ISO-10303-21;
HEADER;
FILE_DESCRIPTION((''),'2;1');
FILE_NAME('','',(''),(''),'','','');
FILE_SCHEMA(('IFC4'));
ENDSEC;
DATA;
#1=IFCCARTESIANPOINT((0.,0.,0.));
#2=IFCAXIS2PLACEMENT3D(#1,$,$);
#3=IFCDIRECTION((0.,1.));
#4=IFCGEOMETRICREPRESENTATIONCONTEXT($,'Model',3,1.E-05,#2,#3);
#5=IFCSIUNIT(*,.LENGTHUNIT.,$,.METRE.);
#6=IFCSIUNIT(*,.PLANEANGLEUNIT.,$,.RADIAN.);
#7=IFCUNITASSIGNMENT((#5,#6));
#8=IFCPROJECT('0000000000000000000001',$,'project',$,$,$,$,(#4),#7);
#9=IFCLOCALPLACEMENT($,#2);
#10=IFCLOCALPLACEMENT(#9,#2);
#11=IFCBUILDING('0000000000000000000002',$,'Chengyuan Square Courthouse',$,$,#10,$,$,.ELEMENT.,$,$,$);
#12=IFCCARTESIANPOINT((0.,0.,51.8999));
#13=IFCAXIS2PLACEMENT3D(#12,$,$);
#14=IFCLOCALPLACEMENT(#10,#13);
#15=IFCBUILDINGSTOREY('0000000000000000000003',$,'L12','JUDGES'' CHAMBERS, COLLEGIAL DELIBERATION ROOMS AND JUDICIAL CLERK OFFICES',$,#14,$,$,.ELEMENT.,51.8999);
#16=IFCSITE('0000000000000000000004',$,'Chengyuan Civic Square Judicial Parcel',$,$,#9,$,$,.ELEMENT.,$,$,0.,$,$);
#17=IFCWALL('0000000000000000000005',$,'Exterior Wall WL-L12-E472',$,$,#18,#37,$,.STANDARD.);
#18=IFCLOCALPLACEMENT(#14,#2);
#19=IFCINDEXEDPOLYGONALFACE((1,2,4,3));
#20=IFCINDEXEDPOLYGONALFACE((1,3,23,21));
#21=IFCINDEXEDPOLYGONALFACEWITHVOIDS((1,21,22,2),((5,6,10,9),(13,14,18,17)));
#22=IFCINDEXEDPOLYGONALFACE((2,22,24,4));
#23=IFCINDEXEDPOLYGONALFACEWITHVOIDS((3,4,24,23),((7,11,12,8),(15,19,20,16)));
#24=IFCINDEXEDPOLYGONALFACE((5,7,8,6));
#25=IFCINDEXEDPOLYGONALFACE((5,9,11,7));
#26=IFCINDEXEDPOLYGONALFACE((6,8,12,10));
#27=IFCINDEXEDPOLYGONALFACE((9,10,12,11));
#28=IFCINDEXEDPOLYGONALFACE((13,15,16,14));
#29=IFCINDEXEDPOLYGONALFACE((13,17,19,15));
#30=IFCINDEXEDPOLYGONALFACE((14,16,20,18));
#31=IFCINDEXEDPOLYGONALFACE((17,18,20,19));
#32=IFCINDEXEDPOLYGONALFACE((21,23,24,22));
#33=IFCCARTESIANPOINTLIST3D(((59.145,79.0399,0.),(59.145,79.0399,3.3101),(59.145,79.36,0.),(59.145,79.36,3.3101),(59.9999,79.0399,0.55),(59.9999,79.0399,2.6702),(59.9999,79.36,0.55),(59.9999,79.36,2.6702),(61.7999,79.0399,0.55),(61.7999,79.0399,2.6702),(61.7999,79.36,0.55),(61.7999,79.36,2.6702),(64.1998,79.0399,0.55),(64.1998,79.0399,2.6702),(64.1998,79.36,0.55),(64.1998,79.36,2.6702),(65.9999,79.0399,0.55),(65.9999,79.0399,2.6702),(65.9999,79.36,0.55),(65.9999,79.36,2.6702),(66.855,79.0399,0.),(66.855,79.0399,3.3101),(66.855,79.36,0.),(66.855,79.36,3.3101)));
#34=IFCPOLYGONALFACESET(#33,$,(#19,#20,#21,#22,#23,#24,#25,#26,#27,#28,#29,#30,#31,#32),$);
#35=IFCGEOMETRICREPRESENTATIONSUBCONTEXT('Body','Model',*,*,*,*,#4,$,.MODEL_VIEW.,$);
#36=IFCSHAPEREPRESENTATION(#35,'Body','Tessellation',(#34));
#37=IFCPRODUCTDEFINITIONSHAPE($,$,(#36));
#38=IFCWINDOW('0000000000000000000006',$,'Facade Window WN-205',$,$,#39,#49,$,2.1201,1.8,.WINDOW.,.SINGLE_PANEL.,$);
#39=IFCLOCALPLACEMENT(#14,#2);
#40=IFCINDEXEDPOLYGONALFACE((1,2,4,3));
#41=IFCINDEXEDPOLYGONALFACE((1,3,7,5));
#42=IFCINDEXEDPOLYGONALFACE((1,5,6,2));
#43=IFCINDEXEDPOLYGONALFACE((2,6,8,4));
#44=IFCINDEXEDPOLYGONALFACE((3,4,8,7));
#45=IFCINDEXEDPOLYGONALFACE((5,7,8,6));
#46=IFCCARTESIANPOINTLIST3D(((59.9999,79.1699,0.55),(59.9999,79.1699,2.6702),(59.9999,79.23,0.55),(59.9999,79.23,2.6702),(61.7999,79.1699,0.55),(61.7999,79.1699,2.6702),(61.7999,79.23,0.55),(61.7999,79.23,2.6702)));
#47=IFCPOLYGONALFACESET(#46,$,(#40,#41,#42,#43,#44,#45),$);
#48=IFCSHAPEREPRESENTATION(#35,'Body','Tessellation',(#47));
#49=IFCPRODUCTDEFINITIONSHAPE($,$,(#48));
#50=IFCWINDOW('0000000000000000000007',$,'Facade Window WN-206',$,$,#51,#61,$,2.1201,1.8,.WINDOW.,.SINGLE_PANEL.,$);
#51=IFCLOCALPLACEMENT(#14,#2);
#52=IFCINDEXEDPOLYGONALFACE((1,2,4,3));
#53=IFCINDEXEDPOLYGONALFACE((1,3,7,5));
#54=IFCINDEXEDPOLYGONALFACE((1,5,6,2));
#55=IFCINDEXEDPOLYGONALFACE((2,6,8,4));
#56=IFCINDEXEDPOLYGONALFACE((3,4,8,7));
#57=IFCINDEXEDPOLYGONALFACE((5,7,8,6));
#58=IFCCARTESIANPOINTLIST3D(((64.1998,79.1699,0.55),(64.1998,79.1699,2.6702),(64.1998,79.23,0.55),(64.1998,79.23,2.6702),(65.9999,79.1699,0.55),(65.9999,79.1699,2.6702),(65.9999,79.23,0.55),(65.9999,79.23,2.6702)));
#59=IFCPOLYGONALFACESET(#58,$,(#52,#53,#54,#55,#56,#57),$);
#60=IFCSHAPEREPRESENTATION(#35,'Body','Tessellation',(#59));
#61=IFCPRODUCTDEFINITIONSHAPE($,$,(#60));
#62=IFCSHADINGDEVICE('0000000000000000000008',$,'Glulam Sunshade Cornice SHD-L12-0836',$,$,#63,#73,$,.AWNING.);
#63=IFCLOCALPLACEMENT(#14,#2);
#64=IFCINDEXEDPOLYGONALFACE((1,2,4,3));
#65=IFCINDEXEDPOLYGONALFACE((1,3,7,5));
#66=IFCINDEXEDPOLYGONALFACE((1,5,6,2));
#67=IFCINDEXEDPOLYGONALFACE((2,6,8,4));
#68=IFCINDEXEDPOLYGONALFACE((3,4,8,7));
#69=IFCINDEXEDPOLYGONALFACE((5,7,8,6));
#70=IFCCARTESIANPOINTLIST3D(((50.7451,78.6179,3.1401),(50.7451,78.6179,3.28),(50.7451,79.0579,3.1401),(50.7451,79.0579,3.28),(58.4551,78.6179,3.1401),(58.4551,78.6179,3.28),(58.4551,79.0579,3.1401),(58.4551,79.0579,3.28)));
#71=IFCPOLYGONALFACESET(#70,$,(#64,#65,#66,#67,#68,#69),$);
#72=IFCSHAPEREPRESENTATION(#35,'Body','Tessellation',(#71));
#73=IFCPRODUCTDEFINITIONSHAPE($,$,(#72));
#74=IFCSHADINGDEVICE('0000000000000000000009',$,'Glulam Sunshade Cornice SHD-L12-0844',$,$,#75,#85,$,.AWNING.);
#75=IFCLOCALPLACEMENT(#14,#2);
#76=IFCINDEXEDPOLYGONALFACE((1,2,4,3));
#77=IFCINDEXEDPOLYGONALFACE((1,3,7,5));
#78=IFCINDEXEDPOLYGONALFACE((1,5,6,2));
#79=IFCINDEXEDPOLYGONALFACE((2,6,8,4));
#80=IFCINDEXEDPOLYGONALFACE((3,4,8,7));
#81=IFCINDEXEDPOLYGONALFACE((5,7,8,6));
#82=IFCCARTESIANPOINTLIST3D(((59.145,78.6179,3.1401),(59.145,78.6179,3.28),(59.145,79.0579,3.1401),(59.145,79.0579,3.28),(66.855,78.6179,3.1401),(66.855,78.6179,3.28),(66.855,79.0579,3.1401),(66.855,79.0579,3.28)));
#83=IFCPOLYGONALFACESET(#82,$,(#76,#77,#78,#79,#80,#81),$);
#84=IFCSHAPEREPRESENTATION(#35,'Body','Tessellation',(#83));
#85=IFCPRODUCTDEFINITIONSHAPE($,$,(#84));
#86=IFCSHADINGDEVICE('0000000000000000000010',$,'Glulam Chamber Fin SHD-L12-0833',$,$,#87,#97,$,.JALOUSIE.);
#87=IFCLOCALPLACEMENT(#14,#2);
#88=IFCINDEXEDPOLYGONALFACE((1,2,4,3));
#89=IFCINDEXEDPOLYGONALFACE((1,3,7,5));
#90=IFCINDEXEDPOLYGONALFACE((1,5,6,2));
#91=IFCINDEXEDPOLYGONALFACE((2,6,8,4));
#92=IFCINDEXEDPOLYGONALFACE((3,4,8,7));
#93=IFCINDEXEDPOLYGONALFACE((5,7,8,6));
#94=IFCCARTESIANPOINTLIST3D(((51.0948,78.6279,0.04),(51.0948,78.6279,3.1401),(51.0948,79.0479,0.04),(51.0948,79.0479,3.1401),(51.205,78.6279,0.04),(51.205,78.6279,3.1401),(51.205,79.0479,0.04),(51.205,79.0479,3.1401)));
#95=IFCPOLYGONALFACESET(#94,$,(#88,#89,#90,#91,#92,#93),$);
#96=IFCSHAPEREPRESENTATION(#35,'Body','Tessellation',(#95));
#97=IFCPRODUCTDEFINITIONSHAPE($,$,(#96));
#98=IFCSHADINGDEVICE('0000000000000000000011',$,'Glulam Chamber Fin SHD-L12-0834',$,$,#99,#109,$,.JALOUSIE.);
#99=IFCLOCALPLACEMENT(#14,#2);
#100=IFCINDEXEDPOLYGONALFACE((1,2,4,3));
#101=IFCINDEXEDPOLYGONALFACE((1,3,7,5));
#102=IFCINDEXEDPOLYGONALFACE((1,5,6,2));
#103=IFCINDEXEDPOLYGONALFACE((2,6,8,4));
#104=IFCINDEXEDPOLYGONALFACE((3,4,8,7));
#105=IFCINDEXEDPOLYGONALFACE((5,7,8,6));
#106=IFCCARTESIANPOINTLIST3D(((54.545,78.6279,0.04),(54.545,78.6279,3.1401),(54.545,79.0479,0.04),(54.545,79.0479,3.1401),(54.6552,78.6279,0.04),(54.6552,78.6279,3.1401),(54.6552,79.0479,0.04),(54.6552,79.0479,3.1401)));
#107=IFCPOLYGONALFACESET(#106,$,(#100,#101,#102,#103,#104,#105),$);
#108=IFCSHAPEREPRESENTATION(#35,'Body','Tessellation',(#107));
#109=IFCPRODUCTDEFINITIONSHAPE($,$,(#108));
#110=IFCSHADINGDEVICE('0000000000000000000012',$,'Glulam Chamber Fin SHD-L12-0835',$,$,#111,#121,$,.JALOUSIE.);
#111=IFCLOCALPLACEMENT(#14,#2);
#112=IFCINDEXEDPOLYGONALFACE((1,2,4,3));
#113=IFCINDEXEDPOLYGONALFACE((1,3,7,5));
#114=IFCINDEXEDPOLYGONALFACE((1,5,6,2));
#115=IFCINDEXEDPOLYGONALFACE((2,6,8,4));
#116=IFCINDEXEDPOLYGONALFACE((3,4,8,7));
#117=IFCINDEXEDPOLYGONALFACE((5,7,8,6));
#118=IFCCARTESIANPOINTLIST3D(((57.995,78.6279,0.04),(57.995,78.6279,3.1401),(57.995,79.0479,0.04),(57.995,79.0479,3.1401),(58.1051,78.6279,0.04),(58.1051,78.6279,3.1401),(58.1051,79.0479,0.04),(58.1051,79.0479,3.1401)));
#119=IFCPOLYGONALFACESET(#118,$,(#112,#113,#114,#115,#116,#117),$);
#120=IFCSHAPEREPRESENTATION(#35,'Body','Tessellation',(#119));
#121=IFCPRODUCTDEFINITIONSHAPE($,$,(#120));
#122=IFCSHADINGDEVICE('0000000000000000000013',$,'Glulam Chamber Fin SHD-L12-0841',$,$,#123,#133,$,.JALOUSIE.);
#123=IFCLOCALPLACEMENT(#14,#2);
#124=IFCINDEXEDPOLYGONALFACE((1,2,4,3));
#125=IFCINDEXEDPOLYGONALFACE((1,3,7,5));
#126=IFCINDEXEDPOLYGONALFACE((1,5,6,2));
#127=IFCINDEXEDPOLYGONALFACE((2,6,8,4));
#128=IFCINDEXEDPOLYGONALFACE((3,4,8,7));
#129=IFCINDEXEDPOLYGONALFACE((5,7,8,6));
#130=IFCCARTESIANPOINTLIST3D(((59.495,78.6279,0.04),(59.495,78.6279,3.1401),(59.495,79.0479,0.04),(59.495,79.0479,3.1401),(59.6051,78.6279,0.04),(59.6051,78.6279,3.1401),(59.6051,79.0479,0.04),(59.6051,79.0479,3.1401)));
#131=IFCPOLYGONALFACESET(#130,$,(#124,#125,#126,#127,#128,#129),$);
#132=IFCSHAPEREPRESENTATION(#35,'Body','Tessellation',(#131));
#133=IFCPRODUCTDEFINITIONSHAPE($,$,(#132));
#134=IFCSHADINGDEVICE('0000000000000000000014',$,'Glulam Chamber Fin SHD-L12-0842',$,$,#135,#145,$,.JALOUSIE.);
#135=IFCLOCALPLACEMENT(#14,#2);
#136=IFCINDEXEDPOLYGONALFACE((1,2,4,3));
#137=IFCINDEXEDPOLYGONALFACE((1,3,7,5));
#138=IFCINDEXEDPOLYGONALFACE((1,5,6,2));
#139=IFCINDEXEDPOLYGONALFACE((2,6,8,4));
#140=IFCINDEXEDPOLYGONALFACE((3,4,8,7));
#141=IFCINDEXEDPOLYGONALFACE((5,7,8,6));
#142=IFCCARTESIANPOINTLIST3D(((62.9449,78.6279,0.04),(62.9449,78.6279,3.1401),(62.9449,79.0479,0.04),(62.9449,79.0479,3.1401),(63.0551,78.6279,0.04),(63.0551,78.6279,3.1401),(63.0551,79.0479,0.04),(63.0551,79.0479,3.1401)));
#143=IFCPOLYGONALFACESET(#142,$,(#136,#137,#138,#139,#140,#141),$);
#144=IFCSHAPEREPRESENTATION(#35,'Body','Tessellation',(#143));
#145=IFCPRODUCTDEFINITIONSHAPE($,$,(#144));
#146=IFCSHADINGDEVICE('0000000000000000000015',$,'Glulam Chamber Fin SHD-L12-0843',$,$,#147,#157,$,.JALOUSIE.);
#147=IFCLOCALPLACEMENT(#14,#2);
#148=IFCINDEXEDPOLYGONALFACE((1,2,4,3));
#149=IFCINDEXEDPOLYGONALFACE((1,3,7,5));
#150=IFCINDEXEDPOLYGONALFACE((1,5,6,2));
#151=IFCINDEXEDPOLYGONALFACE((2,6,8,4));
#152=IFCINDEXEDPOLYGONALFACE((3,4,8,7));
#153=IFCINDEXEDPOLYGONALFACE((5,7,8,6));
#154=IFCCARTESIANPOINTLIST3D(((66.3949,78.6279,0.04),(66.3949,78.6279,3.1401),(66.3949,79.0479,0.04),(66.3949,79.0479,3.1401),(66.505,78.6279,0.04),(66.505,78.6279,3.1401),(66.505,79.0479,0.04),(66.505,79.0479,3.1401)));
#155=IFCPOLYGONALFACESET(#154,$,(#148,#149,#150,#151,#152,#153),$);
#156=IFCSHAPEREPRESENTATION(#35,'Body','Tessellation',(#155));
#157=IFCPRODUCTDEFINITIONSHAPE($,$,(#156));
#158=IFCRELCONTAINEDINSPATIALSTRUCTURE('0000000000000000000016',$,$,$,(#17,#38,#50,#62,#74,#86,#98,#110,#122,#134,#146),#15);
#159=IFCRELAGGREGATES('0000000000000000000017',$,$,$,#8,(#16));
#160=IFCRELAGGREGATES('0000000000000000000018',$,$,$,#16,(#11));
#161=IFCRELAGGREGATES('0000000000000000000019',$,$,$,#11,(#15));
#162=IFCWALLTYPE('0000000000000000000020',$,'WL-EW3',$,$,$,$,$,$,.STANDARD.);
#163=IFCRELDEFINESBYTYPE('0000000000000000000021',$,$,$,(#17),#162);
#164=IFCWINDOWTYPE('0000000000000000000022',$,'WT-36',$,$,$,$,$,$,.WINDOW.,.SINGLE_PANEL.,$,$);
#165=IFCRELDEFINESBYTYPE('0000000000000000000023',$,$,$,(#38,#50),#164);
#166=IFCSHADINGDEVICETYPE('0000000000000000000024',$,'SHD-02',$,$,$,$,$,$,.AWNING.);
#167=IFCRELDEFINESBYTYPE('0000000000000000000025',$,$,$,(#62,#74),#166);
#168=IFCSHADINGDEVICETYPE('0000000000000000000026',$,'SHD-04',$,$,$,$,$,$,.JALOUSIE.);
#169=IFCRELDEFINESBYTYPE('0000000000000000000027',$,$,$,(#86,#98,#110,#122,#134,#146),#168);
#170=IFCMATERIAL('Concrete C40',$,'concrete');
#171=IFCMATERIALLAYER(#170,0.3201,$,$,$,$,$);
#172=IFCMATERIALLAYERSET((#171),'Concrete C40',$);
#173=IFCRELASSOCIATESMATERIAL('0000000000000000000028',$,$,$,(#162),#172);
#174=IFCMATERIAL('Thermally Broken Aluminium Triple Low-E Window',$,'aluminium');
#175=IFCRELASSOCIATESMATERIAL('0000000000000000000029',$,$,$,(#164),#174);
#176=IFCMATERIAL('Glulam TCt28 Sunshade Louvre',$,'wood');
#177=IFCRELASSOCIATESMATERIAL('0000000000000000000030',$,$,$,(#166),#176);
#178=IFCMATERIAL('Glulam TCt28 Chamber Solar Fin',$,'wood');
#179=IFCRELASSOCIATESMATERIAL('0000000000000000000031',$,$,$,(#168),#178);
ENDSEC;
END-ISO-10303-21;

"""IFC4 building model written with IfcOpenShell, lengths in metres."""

from ifc_helpers import new_model, si_unit, direction, frame, frame_2d, origin, origin_2d, place, context, subcontext, project, spatial, rectangle, extrude, material, layer, layer_set, type_object, element, fill, save


model = new_model("IFC4")

# Units and contexts
model_context = context("Model", 3, precision=1e-05, world=origin(), true_north=direction((0.0, 1.0)))
body_context = subcontext(model_context, "Body", "Model", "MODEL_VIEW")
ifc_project = project(units=[si_unit("LENGTHUNIT", "METRE"), si_unit("PLANEANGLEUNIT", "RADIAN")], contexts=[model_context])

# Site, building, storey
site_placement = place(None, origin())
site = spatial("IfcSite", under=ifc_project, at=site_placement, Name="Chengyuan Civic Square Judicial Parcel", CompositionType="ELEMENT", RefElevation=0.0)
building_placement = place(site_placement, origin())
building = spatial("IfcBuilding", under=site, at=building_placement, Name="Chengyuan Square Courthouse", CompositionType="ELEMENT")
storey_placement = place(building_placement, frame((0.0, 0.0, 51.8999)))
storey = spatial("IfcBuildingStorey", under=building, at=storey_placement, Name="L12", Description="JUDGES' CHAMBERS, COLLEGIAL DELIBERATION ROOMS AND JUDICIAL CLERK OFFICES", CompositionType="ELEMENT", Elevation=51.8999)

# Shared definitions
ifc_material_1 = material(Name="Concrete C40", Category="concrete")

# Wall, openings, windows
ifc_layer_1 = layer(ifc_material_1, 0.3201)
ifc_layer_set_1 = layer_set([ifc_layer_1], Name="Concrete C40")
wall_type = type_object("IfcWallType", Name="WL-EW3", PredefinedType="STANDARD", material=ifc_layer_set_1)
ifc_material_2 = material(Name="Thermally Broken Aluminium Triple Low-E Window", Category="aluminium")
window_type = type_object("IfcWindowType", Name="WT-36", PartitioningType="SINGLE_PANEL", PredefinedType="WINDOW", material=ifc_material_2)
wall_1_placement = place(storey_placement, frame((59.145, 79.2, 0.0), z_axis=(0.0, 0.0, 1.0), x_axis=(1.0, 0.0, 0.0)))
wall_1 = element("IfcWall", 1, at=wall_1_placement, inside=storey, type_object=wall_type, Name="Exterior Wall WL-L12-E472", PredefinedType="STANDARD", context=body_context, shape_type="SweptSolid", body=[
    extrude(rectangle(XDim=7.71, YDim=0.3201, at=frame_2d((3.855, 0.0))), origin(), (0.0, 0.0, 1.0), 3.3101),
])
opening_1_placement = place(wall_1_placement, frame((0.855, 0.0, 0.55)))
opening_1 = element("IfcOpeningElement", 2, at=opening_1_placement, cuts=wall_1, PredefinedType="OPENING", context=body_context, shape_type="SweptSolid", body=[
    extrude(rectangle(XDim=1.8, YDim=2.1201, at=frame_2d((0.8999, 1.0601))), frame((0.0, 0.1721, 0.0), z_axis=(0.0, -1.0, 0.0), x_axis=(1.0, 0.0, 0.0)), (0.0, 0.0, 1.0), 0.344),
])
opening_2_placement = place(wall_1_placement, frame((5.0549, 0.0, 0.55)))
opening_2 = element("IfcOpeningElement", 3, at=opening_2_placement, cuts=wall_1, PredefinedType="OPENING", context=body_context, shape_type="SweptSolid", body=[
    extrude(rectangle(XDim=1.8, YDim=2.1201, at=frame_2d((0.8999, 1.0601))), frame((0.0, 0.1721, 0.0), z_axis=(0.0, -1.0, 0.0), x_axis=(1.0, 0.0, 0.0)), (0.0, 0.0, 1.0), 0.344),
])
window_1_placement = place(opening_1_placement, origin())
window_1 = element("IfcWindow", 4, at=window_1_placement, inside=storey, type_object=window_type, Name="Facade Window WN-205", OverallHeight=2.1201, OverallWidth=1.8, PartitioningType="SINGLE_PANEL", PredefinedType="WINDOW", context=body_context, shape_type="SweptSolid", body=[
    extrude(rectangle(XDim=1.8, YDim=2.1201, at=frame_2d((0.8999, 1.0601))), frame((0.0, 0.03, 0.0), z_axis=(0.0, -1.0, 0.0), x_axis=(1.0, 0.0, 0.0)), (0.0, 0.0, 1.0), 0.0601),
])
fill(opening_1, window_1)
window_2_placement = place(opening_2_placement, origin())
window_2 = element("IfcWindow", 5, at=window_2_placement, inside=storey, type_object=window_type, Name="Facade Window WN-206", OverallHeight=2.1201, OverallWidth=1.8, PartitioningType="SINGLE_PANEL", PredefinedType="WINDOW", context=body_context, shape_type="SweptSolid", body=[
    extrude(rectangle(XDim=1.8, YDim=2.1201, at=frame_2d((0.8999, 1.0601))), frame((0.0, 0.03, 0.0), z_axis=(0.0, -1.0, 0.0), x_axis=(1.0, 0.0, 0.0)), (0.0, 0.0, 1.0), 0.0601),
])
fill(opening_2, window_2)

# Shading devices
ifc_material_3 = material(Name="Glulam TCt28 Sunshade Louvre", Category="wood")
shading_device_type_1 = type_object("IfcShadingDeviceType", Name="SHD-02", PredefinedType="AWNING", material=ifc_material_3)
for number, where, z_axis, x_axis, name in (
    (6, (54.6001, 78.8379, 3.1401), (0.0, 0.0, 1.0), (1.0, 0.0, 0.0), "Glulam Sunshade Cornice SHD-L12-0836"),
    (7, (63.0, 78.8379, 3.1401), (0.0, 0.0, 1.0), (1.0, 0.0, 0.0), "Glulam Sunshade Cornice SHD-L12-0844"),
):
    element("IfcShadingDevice", number, at=place(storey_placement, frame(where, z_axis=z_axis, x_axis=x_axis)), inside=storey, type_object=shading_device_type_1, Name=name, PredefinedType="AWNING", context=body_context, shape_type="SweptSolid", body=[
        extrude(rectangle(XDim=7.71, YDim=0.4399, at=origin_2d()), origin(), (0.0, 0.0, 1.0), 0.1399),
    ])
ifc_material_4 = material(Name="Glulam TCt28 Chamber Solar Fin", Category="wood")
shading_device_type_2 = type_object("IfcShadingDeviceType", Name="SHD-04", PredefinedType="JALOUSIE", material=ifc_material_4)
for number, where, z_axis, x_axis, name in (
    (8, (51.1499, 78.8379, 0.04), (0.0, 0.0, 1.0), (0.0, 1.0, 0.0), "Glulam Chamber Fin SHD-L12-0833"),
    (9, (54.6001, 78.8379, 0.04), (0.0, 0.0, 1.0), (0.0, 1.0, 0.0), "Glulam Chamber Fin SHD-L12-0834"),
    (10, (58.05, 78.8379, 0.04), (0.0, 0.0, 1.0), (0.0, 1.0, 0.0), "Glulam Chamber Fin SHD-L12-0835"),
    (11, (59.55, 78.8379, 0.04), (0.0, 0.0, 1.0), (0.0, 1.0, 0.0), "Glulam Chamber Fin SHD-L12-0841"),
    (12, (63.0, 78.8379, 0.04), (0.0, 0.0, 1.0), (0.0, 1.0, 0.0), "Glulam Chamber Fin SHD-L12-0842"),
    (13, (66.45, 78.8379, 0.04), (0.0, 0.0, 1.0), (0.0, 1.0, 0.0), "Glulam Chamber Fin SHD-L12-0843"),
):
    element("IfcShadingDevice", number, at=place(storey_placement, frame(where, z_axis=z_axis, x_axis=x_axis)), inside=storey, type_object=shading_device_type_2, Name=name, PredefinedType="JALOUSIE", context=body_context, shape_type="SweptSolid", body=[
        extrude(rectangle(XDim=0.4199, YDim=0.1101, at=origin_2d()), origin(), (0.0, 0.0, 1.0), 3.1001),
    ])

save(model, "model.ifc")
